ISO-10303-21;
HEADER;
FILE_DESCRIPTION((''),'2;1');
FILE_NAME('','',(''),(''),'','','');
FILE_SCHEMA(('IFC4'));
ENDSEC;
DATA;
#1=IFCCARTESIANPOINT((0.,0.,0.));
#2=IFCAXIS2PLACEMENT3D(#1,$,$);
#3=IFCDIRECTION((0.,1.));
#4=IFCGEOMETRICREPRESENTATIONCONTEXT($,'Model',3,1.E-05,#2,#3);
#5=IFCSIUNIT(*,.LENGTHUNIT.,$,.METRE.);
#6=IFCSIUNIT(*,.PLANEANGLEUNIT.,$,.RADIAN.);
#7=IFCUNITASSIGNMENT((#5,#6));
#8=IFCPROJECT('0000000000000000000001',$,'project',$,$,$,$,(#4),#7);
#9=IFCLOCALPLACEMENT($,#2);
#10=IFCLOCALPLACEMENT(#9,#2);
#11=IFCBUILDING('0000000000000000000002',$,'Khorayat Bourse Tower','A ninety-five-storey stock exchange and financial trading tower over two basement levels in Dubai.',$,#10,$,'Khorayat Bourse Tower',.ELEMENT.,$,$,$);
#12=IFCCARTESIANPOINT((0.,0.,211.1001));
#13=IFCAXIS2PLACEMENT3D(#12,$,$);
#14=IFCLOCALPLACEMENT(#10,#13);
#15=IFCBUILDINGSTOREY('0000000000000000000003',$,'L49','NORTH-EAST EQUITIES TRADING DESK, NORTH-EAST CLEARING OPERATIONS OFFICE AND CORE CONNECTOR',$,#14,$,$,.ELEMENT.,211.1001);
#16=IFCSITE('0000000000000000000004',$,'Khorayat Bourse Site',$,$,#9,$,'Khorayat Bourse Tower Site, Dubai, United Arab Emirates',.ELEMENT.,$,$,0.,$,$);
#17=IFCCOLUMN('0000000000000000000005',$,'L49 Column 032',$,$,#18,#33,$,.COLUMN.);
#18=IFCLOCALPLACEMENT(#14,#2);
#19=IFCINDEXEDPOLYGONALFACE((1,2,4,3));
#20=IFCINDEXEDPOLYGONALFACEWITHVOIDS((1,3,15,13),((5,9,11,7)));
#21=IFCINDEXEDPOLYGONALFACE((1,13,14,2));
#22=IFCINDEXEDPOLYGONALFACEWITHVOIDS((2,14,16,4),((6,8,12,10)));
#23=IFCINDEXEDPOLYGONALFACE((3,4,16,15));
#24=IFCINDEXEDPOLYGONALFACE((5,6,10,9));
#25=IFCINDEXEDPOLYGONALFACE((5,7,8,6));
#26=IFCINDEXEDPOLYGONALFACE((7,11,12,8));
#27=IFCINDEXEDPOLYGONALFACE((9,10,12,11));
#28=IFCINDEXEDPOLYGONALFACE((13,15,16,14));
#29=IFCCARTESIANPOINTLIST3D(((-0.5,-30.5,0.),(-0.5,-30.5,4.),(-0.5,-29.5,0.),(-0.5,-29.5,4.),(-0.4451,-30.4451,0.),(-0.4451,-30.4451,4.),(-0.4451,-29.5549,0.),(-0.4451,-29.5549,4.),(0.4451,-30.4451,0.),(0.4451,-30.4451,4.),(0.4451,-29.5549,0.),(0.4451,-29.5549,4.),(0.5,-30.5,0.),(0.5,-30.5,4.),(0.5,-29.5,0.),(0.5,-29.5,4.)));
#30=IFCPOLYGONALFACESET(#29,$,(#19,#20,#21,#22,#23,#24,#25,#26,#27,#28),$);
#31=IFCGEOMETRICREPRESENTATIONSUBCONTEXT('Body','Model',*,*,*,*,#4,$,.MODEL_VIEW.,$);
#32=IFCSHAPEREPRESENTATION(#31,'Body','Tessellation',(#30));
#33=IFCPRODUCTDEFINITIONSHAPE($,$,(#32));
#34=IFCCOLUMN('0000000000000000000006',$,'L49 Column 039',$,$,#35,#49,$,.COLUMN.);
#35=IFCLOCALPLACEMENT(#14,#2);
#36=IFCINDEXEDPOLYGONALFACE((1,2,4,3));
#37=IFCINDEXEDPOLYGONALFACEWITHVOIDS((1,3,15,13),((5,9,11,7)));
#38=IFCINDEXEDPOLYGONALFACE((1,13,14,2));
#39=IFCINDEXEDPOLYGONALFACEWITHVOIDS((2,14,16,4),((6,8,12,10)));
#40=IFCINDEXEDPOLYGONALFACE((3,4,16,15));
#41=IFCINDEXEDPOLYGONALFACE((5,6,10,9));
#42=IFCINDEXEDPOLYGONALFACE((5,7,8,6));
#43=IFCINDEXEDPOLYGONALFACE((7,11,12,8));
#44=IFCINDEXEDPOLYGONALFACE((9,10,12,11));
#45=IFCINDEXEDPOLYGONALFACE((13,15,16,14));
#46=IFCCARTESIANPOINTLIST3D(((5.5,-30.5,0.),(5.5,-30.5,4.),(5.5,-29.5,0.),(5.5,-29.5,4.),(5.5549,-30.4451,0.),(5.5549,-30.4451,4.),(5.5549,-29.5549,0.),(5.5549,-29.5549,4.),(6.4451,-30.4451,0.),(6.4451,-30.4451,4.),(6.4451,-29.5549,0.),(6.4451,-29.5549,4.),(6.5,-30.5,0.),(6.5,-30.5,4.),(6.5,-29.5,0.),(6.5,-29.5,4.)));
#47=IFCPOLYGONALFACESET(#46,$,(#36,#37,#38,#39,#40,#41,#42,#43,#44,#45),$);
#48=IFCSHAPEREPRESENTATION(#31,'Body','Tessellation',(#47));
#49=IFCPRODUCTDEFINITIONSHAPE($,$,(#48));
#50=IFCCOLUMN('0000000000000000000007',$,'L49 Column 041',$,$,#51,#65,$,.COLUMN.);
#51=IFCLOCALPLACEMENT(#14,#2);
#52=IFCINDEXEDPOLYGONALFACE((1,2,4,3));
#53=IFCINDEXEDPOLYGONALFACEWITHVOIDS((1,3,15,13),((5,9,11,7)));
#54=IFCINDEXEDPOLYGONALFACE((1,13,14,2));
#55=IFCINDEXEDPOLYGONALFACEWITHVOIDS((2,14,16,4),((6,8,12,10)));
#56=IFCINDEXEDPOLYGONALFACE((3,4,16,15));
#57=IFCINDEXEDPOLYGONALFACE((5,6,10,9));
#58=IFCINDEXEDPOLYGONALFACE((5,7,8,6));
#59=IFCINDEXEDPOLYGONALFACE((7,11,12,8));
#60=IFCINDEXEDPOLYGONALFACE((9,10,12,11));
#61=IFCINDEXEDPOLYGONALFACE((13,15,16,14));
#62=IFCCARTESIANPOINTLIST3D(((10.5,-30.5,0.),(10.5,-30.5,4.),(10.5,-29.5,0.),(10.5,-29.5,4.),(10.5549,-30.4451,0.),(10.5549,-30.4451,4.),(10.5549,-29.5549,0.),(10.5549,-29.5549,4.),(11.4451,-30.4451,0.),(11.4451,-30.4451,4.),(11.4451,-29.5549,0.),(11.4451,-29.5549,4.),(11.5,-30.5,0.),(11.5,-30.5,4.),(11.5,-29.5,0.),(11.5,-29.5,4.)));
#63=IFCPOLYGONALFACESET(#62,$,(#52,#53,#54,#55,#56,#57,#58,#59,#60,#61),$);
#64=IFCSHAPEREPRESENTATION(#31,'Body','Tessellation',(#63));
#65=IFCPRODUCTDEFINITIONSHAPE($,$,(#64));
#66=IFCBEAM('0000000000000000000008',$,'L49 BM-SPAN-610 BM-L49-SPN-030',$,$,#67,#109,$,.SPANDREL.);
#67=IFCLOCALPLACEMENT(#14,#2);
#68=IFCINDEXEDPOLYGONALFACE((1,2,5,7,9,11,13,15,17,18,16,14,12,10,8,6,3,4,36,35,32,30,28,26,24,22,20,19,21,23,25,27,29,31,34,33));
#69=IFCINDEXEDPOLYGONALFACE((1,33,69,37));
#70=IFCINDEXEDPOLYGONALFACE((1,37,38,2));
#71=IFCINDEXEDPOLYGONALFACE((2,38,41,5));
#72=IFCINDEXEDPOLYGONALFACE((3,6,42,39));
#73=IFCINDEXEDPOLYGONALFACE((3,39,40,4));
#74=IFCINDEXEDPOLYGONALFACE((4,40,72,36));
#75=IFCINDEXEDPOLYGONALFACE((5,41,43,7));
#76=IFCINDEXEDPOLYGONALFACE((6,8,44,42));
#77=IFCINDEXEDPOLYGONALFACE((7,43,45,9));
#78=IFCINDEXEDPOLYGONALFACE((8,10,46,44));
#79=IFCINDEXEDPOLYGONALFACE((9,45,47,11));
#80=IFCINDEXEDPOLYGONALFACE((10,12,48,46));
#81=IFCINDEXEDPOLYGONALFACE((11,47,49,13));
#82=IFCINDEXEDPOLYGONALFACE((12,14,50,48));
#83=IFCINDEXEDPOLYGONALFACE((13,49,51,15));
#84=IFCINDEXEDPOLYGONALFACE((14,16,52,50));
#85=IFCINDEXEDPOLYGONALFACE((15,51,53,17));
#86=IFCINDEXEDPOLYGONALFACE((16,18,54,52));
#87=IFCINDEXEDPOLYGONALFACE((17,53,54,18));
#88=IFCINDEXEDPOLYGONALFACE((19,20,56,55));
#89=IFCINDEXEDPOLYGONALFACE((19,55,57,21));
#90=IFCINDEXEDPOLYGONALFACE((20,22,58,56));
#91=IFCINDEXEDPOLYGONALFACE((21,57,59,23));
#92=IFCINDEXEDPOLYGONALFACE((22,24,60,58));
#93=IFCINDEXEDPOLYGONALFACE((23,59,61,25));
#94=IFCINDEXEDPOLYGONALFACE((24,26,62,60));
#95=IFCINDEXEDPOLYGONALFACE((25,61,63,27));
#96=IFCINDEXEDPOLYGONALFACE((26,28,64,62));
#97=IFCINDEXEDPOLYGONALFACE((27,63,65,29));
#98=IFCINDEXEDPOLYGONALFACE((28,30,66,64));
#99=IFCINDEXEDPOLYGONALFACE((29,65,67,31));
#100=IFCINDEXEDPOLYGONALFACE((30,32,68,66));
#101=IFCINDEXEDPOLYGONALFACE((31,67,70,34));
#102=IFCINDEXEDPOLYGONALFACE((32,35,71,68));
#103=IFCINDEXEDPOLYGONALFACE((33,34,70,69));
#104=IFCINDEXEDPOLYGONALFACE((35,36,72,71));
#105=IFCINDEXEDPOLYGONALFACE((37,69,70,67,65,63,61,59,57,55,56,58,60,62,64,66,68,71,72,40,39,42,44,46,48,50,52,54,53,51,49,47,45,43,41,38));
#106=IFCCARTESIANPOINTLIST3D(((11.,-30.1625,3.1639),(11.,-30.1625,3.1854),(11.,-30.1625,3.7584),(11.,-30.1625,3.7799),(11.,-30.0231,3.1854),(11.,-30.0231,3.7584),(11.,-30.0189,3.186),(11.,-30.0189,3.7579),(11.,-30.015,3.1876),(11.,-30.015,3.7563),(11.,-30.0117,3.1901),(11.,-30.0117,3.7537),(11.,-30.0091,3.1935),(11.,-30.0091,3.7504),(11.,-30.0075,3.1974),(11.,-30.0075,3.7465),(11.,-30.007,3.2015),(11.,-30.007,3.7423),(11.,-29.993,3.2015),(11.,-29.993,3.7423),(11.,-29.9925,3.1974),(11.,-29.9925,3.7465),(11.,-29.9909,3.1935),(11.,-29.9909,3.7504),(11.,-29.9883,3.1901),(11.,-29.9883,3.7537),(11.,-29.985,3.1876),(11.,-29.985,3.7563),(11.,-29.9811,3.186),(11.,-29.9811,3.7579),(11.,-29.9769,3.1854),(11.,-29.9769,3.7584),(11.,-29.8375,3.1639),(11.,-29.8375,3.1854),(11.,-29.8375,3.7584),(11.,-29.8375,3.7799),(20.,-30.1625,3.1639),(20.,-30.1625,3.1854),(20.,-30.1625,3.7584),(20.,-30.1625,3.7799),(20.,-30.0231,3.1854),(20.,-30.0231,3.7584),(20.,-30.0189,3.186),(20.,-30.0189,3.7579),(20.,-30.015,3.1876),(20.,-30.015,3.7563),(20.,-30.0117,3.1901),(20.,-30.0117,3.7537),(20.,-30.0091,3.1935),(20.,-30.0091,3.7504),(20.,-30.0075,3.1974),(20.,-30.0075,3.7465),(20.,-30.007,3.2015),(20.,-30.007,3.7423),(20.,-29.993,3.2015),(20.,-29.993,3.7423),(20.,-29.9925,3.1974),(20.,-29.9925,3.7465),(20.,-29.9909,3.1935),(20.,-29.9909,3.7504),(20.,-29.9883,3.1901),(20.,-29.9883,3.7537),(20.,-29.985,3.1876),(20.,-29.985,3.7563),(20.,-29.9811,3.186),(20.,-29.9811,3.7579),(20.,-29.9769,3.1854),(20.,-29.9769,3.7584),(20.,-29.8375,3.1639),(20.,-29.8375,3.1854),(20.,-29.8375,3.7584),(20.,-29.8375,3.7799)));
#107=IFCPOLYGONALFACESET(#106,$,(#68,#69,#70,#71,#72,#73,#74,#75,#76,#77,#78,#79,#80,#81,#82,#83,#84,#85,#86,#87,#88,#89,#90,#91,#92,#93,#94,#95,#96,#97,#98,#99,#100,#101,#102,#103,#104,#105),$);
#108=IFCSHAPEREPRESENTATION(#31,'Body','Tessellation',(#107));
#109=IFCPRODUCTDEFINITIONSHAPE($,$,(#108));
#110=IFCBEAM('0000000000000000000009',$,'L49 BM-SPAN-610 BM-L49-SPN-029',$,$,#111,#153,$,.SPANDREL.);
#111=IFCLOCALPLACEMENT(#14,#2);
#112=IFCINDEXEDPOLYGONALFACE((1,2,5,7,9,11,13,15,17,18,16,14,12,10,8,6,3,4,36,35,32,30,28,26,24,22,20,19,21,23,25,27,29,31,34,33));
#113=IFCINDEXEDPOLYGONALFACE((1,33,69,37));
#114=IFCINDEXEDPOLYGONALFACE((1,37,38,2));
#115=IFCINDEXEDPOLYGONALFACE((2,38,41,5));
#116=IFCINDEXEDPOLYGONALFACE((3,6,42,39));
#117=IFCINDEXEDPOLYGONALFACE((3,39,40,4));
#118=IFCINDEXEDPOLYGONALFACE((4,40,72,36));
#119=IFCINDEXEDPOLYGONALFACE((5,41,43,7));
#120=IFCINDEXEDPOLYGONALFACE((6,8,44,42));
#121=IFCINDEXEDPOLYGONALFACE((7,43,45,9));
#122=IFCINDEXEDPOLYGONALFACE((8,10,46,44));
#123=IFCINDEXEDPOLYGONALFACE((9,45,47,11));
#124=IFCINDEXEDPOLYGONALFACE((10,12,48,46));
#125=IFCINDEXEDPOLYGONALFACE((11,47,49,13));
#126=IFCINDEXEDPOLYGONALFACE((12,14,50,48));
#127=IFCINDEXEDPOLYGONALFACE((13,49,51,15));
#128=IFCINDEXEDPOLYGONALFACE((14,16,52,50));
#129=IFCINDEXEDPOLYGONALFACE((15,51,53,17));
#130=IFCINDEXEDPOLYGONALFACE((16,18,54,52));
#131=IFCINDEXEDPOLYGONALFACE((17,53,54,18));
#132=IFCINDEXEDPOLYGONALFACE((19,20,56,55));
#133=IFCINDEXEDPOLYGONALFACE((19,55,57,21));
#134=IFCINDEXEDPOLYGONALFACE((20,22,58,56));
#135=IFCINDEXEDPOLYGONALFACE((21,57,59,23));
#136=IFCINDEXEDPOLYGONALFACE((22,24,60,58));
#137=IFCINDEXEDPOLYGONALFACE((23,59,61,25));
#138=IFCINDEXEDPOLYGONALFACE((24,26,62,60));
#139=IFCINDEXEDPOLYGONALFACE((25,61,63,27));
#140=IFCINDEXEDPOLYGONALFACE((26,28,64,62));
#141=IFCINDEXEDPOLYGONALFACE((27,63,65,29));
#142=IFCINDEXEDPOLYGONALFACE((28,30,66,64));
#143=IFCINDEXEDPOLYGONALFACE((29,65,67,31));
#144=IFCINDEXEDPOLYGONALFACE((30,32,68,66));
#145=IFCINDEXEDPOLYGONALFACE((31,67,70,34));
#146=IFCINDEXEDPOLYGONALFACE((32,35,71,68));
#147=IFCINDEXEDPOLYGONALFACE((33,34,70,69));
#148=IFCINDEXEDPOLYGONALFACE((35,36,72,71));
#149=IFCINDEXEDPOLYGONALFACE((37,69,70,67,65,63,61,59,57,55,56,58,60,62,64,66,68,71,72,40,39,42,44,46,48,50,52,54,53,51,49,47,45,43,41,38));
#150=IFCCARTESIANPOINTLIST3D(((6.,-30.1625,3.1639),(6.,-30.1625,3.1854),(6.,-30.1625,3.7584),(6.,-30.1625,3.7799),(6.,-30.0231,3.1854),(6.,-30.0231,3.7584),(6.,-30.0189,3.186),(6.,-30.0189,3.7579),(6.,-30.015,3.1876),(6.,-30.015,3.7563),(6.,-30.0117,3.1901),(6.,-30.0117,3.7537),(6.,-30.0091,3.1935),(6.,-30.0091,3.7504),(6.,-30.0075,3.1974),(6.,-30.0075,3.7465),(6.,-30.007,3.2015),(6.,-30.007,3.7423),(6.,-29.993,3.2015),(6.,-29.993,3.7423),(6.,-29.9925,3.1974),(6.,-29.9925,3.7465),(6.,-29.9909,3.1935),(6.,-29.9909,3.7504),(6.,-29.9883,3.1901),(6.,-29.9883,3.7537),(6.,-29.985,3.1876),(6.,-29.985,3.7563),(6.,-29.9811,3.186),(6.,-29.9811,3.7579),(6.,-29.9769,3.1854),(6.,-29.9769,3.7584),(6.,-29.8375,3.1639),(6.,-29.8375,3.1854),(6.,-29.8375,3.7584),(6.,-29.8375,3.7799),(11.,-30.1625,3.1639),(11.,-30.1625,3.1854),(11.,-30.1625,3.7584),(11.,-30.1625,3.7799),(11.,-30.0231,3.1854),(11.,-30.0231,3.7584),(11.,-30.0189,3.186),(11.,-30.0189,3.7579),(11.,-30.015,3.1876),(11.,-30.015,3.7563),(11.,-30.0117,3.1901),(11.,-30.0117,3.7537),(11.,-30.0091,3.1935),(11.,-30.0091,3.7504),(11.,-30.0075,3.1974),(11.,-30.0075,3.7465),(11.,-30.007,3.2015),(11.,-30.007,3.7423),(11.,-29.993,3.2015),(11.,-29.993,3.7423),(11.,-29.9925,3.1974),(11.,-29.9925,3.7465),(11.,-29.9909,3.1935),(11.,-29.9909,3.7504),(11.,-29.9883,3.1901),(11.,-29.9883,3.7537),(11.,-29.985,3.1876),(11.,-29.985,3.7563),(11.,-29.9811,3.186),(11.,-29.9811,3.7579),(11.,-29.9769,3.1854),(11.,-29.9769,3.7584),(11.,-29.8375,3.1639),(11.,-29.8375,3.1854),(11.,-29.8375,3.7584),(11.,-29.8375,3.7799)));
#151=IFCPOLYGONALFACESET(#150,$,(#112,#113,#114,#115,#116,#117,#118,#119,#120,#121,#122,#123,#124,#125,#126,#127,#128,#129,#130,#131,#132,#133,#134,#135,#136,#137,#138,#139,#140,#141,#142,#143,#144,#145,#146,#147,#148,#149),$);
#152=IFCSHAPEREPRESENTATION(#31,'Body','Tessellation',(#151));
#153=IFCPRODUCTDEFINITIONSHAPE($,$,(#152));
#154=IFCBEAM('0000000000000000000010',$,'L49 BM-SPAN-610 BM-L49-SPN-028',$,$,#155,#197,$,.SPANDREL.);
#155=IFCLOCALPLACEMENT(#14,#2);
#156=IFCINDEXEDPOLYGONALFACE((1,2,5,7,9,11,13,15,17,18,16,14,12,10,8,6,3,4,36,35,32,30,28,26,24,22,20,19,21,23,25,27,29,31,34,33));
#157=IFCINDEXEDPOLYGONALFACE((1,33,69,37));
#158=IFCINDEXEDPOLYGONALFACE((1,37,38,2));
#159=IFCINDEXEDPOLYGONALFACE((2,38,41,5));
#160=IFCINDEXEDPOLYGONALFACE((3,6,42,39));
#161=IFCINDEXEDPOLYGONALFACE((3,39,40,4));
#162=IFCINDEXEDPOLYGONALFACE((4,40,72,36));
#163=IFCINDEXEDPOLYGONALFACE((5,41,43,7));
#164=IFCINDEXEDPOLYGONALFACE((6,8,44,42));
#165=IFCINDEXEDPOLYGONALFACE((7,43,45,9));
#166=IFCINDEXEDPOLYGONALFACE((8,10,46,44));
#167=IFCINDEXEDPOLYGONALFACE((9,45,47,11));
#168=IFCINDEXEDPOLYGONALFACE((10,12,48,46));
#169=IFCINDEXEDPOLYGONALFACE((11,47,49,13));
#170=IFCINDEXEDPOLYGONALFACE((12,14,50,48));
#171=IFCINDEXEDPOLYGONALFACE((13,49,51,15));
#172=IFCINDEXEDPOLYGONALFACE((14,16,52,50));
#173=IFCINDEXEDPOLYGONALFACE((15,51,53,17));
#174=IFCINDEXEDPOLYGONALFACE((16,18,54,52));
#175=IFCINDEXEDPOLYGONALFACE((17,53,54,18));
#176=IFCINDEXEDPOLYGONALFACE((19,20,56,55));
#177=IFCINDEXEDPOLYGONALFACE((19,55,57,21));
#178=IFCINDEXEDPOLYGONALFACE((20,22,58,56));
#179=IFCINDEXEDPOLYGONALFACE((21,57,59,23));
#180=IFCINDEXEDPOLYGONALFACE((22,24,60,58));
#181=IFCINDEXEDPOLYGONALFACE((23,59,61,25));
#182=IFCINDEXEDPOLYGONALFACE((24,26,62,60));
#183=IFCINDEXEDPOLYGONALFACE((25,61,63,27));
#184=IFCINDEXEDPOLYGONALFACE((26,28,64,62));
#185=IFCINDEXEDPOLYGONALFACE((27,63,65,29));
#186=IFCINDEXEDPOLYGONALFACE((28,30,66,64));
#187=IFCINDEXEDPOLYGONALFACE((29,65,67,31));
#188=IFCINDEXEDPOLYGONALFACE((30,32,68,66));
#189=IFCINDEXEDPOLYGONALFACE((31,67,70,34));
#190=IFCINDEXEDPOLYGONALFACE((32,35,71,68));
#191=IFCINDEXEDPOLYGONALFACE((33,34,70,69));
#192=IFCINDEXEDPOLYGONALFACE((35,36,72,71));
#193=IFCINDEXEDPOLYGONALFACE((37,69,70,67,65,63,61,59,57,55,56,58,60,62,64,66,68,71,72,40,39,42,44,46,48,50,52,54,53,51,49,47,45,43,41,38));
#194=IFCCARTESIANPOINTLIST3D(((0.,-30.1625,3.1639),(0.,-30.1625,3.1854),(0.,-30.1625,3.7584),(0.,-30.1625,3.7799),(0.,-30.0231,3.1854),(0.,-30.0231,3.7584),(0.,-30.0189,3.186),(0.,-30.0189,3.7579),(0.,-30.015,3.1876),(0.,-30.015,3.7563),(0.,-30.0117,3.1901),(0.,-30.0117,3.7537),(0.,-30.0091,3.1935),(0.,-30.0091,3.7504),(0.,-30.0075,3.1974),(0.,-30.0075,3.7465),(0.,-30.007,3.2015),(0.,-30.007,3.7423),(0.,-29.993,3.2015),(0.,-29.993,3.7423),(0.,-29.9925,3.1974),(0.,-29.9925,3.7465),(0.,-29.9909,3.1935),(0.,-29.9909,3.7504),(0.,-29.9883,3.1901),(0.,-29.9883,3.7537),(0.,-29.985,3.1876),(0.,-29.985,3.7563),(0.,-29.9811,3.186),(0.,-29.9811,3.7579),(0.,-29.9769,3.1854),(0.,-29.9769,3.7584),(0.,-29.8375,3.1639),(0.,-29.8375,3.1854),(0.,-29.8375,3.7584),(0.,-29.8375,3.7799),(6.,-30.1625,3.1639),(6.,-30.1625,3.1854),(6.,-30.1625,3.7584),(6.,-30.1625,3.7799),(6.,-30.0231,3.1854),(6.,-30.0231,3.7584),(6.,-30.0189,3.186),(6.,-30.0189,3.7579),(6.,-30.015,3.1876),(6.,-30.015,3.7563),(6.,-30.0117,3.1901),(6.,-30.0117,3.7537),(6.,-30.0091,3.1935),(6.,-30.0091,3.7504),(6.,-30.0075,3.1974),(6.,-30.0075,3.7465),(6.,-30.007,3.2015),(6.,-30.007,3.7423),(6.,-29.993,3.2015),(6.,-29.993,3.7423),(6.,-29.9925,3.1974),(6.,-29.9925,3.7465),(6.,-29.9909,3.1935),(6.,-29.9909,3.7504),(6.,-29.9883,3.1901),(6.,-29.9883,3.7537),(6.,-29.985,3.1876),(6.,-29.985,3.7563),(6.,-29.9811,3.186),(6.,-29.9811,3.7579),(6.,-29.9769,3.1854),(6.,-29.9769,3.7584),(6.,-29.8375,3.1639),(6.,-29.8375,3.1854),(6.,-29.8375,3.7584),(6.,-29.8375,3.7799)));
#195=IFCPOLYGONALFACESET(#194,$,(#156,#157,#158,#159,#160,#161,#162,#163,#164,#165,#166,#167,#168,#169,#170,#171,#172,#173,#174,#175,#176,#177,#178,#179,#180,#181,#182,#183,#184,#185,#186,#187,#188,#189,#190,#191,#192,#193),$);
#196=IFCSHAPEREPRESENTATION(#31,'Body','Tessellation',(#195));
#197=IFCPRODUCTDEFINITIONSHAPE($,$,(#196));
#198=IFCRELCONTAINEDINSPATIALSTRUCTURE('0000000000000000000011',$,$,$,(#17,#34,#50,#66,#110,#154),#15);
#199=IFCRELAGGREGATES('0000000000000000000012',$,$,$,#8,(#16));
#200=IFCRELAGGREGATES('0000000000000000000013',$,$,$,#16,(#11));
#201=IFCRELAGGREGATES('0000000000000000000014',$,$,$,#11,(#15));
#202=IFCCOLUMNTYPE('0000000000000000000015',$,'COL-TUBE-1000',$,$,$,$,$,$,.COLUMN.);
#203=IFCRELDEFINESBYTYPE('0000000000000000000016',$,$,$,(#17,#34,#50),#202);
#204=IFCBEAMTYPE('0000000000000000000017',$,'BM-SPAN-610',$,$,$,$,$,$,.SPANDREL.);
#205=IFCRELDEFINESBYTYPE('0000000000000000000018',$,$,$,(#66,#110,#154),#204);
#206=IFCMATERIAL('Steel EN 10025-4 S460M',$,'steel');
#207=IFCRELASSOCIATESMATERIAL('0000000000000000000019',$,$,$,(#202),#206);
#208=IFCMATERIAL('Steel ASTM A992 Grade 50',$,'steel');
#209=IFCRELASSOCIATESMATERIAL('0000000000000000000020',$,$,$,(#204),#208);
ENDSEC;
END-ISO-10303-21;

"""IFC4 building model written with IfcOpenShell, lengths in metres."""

from ifc_helpers import new_model, si_unit, direction, frame, origin, origin_2d, place, context, subcontext, project, spatial, hollow_rectangle, i_section, extrude, source, transform, mapped, material, material_profile, profile_set, type_object, element, save


model = new_model("IFC4")

# Units and contexts
model_context = context("Model", 3, precision=1e-05, world=origin(), true_north=direction((0.0, 1.0)))
body_context = subcontext(model_context, "Body", "Model", "MODEL_VIEW")
ifc_project = project(units=[si_unit("LENGTHUNIT", "METRE"), si_unit("PLANEANGLEUNIT", "RADIAN")], contexts=[model_context])

# Site, building, storey
site_placement = place(None, origin())
site = spatial("IfcSite", under=ifc_project, at=site_placement, Name="Khorayat Bourse Site", LongName="Khorayat Bourse Tower Site, Dubai, United Arab Emirates", CompositionType="ELEMENT", RefElevation=0.0)
building_placement = place(site_placement, origin())
building = spatial("IfcBuilding", under=site, at=building_placement, Name="Khorayat Bourse Tower", Description="A ninety-five-storey stock exchange and financial trading tower over two basement levels in Dubai.", LongName="Khorayat Bourse Tower", CompositionType="ELEMENT")
storey_placement = place(building_placement, frame((0.0, 0.0, 211.1001)))
storey = spatial("IfcBuildingStorey", under=building, at=storey_placement, Name="L49", Description="NORTH-EAST EQUITIES TRADING DESK, NORTH-EAST CLEARING OPERATIONS OFFICE AND CORE CONNECTOR", CompositionType="ELEMENT", Elevation=211.1001)

# Columns
ifc_material_1 = material(Name="Steel EN 10025-4 S460M", Category="steel")
ifc_material_profile_1 = material_profile(ifc_material_1, hollow_rectangle(XDim=1.0, YDim=1.0, WallThickness=0.0549, at=origin_2d()), Name="BOX 1000x1000x55")
ifc_profile_set_1 = profile_set([ifc_material_profile_1], Name="Steel EN 10025-4 S460M")
column_type = type_object("IfcColumnType", Name="COL-TUBE-1000", PredefinedType="COLUMN", material=ifc_profile_set_1)
shared_shape_1 = source(origin(), body_context, "Body", "SweptSolid", [
    extrude(hollow_rectangle(XDim=1.0, YDim=1.0, WallThickness=0.0549, at=origin_2d()), origin(), (0.0, 0.0, 1.0), 4.0),
])
for number, where, z_axis, x_axis, name in (
    (1, (0.0, -30.0, 0.0), (0.0, 0.0, 1.0), (1.0, 0.0, 0.0), "L49 Column 032"),
    (2, (6.0, -30.0, 0.0), (0.0, 0.0, 1.0), (1.0, 0.0, 0.0), "L49 Column 039"),
    (3, (11.0, -30.0, 0.0), (0.0, 0.0, 1.0), (1.0, 0.0, 0.0), "L49 Column 041"),
):
    element("IfcColumn", number, at=place(storey_placement, frame(where, z_axis=z_axis, x_axis=x_axis)), inside=storey, type_object=column_type, Name=name, PredefinedType="COLUMN", context=body_context, shape_type="MappedRepresentation", body=[
        mapped(shared_shape_1, transform((0.0, 0.0, 0.0), scale=1.0)),
    ])

# Beams
ifc_material_2 = material(Name="Steel ASTM A992 Grade 50", Category="steel")
ifc_material_profile_2 = material_profile(ifc_material_2, i_section(OverallWidth=0.325, OverallDepth=0.616, WebThickness=0.0139, FlangeThickness=0.0215, FilletRadius=0.0161, at=origin_2d()), Name="W610X174")
ifc_profile_set_2 = profile_set([ifc_material_profile_2], Name="Steel ASTM A992 Grade 50")
beam_type_1 = type_object("IfcBeamType", Name="BM-SPAN-610", PredefinedType="SPANDREL", material=ifc_profile_set_2)
shared_shape_2 = source(origin(), body_context, "Body", "SweptSolid", [
    extrude(i_section(OverallWidth=0.325, OverallDepth=0.616, WebThickness=0.0139, FlangeThickness=0.0215, FilletRadius=0.0161, at=origin_2d()), origin(), (0.0, 0.0, 1.0), 9.0),
])
beam_1_placement = place(storey_placement, frame((11.0, -30.0, 3.4719), z_axis=(1.0, 0.0, 0.0), x_axis=(0.0, 1.0, 0.0)))
element("IfcBeam", 4, at=beam_1_placement, inside=storey, type_object=beam_type_1, Name="L49 BM-SPAN-610 BM-L49-SPN-030", PredefinedType="SPANDREL", context=body_context, shape_type="MappedRepresentation", body=[
    mapped(shared_shape_2, transform((0.0, 0.0, 0.0), scale=1.0)),
])
shared_shape_3 = source(origin(), body_context, "Body", "SweptSolid", [
    extrude(i_section(OverallWidth=0.325, OverallDepth=0.616, WebThickness=0.0139, FlangeThickness=0.0215, FilletRadius=0.0161, at=origin_2d()), origin(), (0.0, 0.0, 1.0), 5.0),
])
beam_2_placement = place(storey_placement, frame((6.0, -30.0, 3.4719), z_axis=(1.0, 0.0, 0.0), x_axis=(0.0, 1.0, 0.0)))
element("IfcBeam", 5, at=beam_2_placement, inside=storey, type_object=beam_type_1, Name="L49 BM-SPAN-610 BM-L49-SPN-029", PredefinedType="SPANDREL", context=body_context, shape_type="MappedRepresentation", body=[
    mapped(shared_shape_3, transform((0.0, 0.0, 0.0), scale=1.0)),
])
shared_shape_4 = source(origin(), body_context, "Body", "SweptSolid", [
    extrude(i_section(OverallWidth=0.325, OverallDepth=0.616, WebThickness=0.0139, FlangeThickness=0.0215, FilletRadius=0.0161, at=origin_2d()), origin(), (0.0, 0.0, 1.0), 6.0),
])
beam_3_placement = place(storey_placement, frame((0.0, -30.0, 3.4719), z_axis=(1.0, 0.0, 0.0), x_axis=(0.0, 1.0, 0.0)))
element("IfcBeam", 6, at=beam_3_placement, inside=storey, type_object=beam_type_1, Name="L49 BM-SPAN-610 BM-L49-SPN-028", PredefinedType="SPANDREL", context=body_context, shape_type="MappedRepresentation", body=[
    mapped(shared_shape_4, transform((0.0, 0.0, 0.0), scale=1.0)),
])

save(model, "model.ifc")
